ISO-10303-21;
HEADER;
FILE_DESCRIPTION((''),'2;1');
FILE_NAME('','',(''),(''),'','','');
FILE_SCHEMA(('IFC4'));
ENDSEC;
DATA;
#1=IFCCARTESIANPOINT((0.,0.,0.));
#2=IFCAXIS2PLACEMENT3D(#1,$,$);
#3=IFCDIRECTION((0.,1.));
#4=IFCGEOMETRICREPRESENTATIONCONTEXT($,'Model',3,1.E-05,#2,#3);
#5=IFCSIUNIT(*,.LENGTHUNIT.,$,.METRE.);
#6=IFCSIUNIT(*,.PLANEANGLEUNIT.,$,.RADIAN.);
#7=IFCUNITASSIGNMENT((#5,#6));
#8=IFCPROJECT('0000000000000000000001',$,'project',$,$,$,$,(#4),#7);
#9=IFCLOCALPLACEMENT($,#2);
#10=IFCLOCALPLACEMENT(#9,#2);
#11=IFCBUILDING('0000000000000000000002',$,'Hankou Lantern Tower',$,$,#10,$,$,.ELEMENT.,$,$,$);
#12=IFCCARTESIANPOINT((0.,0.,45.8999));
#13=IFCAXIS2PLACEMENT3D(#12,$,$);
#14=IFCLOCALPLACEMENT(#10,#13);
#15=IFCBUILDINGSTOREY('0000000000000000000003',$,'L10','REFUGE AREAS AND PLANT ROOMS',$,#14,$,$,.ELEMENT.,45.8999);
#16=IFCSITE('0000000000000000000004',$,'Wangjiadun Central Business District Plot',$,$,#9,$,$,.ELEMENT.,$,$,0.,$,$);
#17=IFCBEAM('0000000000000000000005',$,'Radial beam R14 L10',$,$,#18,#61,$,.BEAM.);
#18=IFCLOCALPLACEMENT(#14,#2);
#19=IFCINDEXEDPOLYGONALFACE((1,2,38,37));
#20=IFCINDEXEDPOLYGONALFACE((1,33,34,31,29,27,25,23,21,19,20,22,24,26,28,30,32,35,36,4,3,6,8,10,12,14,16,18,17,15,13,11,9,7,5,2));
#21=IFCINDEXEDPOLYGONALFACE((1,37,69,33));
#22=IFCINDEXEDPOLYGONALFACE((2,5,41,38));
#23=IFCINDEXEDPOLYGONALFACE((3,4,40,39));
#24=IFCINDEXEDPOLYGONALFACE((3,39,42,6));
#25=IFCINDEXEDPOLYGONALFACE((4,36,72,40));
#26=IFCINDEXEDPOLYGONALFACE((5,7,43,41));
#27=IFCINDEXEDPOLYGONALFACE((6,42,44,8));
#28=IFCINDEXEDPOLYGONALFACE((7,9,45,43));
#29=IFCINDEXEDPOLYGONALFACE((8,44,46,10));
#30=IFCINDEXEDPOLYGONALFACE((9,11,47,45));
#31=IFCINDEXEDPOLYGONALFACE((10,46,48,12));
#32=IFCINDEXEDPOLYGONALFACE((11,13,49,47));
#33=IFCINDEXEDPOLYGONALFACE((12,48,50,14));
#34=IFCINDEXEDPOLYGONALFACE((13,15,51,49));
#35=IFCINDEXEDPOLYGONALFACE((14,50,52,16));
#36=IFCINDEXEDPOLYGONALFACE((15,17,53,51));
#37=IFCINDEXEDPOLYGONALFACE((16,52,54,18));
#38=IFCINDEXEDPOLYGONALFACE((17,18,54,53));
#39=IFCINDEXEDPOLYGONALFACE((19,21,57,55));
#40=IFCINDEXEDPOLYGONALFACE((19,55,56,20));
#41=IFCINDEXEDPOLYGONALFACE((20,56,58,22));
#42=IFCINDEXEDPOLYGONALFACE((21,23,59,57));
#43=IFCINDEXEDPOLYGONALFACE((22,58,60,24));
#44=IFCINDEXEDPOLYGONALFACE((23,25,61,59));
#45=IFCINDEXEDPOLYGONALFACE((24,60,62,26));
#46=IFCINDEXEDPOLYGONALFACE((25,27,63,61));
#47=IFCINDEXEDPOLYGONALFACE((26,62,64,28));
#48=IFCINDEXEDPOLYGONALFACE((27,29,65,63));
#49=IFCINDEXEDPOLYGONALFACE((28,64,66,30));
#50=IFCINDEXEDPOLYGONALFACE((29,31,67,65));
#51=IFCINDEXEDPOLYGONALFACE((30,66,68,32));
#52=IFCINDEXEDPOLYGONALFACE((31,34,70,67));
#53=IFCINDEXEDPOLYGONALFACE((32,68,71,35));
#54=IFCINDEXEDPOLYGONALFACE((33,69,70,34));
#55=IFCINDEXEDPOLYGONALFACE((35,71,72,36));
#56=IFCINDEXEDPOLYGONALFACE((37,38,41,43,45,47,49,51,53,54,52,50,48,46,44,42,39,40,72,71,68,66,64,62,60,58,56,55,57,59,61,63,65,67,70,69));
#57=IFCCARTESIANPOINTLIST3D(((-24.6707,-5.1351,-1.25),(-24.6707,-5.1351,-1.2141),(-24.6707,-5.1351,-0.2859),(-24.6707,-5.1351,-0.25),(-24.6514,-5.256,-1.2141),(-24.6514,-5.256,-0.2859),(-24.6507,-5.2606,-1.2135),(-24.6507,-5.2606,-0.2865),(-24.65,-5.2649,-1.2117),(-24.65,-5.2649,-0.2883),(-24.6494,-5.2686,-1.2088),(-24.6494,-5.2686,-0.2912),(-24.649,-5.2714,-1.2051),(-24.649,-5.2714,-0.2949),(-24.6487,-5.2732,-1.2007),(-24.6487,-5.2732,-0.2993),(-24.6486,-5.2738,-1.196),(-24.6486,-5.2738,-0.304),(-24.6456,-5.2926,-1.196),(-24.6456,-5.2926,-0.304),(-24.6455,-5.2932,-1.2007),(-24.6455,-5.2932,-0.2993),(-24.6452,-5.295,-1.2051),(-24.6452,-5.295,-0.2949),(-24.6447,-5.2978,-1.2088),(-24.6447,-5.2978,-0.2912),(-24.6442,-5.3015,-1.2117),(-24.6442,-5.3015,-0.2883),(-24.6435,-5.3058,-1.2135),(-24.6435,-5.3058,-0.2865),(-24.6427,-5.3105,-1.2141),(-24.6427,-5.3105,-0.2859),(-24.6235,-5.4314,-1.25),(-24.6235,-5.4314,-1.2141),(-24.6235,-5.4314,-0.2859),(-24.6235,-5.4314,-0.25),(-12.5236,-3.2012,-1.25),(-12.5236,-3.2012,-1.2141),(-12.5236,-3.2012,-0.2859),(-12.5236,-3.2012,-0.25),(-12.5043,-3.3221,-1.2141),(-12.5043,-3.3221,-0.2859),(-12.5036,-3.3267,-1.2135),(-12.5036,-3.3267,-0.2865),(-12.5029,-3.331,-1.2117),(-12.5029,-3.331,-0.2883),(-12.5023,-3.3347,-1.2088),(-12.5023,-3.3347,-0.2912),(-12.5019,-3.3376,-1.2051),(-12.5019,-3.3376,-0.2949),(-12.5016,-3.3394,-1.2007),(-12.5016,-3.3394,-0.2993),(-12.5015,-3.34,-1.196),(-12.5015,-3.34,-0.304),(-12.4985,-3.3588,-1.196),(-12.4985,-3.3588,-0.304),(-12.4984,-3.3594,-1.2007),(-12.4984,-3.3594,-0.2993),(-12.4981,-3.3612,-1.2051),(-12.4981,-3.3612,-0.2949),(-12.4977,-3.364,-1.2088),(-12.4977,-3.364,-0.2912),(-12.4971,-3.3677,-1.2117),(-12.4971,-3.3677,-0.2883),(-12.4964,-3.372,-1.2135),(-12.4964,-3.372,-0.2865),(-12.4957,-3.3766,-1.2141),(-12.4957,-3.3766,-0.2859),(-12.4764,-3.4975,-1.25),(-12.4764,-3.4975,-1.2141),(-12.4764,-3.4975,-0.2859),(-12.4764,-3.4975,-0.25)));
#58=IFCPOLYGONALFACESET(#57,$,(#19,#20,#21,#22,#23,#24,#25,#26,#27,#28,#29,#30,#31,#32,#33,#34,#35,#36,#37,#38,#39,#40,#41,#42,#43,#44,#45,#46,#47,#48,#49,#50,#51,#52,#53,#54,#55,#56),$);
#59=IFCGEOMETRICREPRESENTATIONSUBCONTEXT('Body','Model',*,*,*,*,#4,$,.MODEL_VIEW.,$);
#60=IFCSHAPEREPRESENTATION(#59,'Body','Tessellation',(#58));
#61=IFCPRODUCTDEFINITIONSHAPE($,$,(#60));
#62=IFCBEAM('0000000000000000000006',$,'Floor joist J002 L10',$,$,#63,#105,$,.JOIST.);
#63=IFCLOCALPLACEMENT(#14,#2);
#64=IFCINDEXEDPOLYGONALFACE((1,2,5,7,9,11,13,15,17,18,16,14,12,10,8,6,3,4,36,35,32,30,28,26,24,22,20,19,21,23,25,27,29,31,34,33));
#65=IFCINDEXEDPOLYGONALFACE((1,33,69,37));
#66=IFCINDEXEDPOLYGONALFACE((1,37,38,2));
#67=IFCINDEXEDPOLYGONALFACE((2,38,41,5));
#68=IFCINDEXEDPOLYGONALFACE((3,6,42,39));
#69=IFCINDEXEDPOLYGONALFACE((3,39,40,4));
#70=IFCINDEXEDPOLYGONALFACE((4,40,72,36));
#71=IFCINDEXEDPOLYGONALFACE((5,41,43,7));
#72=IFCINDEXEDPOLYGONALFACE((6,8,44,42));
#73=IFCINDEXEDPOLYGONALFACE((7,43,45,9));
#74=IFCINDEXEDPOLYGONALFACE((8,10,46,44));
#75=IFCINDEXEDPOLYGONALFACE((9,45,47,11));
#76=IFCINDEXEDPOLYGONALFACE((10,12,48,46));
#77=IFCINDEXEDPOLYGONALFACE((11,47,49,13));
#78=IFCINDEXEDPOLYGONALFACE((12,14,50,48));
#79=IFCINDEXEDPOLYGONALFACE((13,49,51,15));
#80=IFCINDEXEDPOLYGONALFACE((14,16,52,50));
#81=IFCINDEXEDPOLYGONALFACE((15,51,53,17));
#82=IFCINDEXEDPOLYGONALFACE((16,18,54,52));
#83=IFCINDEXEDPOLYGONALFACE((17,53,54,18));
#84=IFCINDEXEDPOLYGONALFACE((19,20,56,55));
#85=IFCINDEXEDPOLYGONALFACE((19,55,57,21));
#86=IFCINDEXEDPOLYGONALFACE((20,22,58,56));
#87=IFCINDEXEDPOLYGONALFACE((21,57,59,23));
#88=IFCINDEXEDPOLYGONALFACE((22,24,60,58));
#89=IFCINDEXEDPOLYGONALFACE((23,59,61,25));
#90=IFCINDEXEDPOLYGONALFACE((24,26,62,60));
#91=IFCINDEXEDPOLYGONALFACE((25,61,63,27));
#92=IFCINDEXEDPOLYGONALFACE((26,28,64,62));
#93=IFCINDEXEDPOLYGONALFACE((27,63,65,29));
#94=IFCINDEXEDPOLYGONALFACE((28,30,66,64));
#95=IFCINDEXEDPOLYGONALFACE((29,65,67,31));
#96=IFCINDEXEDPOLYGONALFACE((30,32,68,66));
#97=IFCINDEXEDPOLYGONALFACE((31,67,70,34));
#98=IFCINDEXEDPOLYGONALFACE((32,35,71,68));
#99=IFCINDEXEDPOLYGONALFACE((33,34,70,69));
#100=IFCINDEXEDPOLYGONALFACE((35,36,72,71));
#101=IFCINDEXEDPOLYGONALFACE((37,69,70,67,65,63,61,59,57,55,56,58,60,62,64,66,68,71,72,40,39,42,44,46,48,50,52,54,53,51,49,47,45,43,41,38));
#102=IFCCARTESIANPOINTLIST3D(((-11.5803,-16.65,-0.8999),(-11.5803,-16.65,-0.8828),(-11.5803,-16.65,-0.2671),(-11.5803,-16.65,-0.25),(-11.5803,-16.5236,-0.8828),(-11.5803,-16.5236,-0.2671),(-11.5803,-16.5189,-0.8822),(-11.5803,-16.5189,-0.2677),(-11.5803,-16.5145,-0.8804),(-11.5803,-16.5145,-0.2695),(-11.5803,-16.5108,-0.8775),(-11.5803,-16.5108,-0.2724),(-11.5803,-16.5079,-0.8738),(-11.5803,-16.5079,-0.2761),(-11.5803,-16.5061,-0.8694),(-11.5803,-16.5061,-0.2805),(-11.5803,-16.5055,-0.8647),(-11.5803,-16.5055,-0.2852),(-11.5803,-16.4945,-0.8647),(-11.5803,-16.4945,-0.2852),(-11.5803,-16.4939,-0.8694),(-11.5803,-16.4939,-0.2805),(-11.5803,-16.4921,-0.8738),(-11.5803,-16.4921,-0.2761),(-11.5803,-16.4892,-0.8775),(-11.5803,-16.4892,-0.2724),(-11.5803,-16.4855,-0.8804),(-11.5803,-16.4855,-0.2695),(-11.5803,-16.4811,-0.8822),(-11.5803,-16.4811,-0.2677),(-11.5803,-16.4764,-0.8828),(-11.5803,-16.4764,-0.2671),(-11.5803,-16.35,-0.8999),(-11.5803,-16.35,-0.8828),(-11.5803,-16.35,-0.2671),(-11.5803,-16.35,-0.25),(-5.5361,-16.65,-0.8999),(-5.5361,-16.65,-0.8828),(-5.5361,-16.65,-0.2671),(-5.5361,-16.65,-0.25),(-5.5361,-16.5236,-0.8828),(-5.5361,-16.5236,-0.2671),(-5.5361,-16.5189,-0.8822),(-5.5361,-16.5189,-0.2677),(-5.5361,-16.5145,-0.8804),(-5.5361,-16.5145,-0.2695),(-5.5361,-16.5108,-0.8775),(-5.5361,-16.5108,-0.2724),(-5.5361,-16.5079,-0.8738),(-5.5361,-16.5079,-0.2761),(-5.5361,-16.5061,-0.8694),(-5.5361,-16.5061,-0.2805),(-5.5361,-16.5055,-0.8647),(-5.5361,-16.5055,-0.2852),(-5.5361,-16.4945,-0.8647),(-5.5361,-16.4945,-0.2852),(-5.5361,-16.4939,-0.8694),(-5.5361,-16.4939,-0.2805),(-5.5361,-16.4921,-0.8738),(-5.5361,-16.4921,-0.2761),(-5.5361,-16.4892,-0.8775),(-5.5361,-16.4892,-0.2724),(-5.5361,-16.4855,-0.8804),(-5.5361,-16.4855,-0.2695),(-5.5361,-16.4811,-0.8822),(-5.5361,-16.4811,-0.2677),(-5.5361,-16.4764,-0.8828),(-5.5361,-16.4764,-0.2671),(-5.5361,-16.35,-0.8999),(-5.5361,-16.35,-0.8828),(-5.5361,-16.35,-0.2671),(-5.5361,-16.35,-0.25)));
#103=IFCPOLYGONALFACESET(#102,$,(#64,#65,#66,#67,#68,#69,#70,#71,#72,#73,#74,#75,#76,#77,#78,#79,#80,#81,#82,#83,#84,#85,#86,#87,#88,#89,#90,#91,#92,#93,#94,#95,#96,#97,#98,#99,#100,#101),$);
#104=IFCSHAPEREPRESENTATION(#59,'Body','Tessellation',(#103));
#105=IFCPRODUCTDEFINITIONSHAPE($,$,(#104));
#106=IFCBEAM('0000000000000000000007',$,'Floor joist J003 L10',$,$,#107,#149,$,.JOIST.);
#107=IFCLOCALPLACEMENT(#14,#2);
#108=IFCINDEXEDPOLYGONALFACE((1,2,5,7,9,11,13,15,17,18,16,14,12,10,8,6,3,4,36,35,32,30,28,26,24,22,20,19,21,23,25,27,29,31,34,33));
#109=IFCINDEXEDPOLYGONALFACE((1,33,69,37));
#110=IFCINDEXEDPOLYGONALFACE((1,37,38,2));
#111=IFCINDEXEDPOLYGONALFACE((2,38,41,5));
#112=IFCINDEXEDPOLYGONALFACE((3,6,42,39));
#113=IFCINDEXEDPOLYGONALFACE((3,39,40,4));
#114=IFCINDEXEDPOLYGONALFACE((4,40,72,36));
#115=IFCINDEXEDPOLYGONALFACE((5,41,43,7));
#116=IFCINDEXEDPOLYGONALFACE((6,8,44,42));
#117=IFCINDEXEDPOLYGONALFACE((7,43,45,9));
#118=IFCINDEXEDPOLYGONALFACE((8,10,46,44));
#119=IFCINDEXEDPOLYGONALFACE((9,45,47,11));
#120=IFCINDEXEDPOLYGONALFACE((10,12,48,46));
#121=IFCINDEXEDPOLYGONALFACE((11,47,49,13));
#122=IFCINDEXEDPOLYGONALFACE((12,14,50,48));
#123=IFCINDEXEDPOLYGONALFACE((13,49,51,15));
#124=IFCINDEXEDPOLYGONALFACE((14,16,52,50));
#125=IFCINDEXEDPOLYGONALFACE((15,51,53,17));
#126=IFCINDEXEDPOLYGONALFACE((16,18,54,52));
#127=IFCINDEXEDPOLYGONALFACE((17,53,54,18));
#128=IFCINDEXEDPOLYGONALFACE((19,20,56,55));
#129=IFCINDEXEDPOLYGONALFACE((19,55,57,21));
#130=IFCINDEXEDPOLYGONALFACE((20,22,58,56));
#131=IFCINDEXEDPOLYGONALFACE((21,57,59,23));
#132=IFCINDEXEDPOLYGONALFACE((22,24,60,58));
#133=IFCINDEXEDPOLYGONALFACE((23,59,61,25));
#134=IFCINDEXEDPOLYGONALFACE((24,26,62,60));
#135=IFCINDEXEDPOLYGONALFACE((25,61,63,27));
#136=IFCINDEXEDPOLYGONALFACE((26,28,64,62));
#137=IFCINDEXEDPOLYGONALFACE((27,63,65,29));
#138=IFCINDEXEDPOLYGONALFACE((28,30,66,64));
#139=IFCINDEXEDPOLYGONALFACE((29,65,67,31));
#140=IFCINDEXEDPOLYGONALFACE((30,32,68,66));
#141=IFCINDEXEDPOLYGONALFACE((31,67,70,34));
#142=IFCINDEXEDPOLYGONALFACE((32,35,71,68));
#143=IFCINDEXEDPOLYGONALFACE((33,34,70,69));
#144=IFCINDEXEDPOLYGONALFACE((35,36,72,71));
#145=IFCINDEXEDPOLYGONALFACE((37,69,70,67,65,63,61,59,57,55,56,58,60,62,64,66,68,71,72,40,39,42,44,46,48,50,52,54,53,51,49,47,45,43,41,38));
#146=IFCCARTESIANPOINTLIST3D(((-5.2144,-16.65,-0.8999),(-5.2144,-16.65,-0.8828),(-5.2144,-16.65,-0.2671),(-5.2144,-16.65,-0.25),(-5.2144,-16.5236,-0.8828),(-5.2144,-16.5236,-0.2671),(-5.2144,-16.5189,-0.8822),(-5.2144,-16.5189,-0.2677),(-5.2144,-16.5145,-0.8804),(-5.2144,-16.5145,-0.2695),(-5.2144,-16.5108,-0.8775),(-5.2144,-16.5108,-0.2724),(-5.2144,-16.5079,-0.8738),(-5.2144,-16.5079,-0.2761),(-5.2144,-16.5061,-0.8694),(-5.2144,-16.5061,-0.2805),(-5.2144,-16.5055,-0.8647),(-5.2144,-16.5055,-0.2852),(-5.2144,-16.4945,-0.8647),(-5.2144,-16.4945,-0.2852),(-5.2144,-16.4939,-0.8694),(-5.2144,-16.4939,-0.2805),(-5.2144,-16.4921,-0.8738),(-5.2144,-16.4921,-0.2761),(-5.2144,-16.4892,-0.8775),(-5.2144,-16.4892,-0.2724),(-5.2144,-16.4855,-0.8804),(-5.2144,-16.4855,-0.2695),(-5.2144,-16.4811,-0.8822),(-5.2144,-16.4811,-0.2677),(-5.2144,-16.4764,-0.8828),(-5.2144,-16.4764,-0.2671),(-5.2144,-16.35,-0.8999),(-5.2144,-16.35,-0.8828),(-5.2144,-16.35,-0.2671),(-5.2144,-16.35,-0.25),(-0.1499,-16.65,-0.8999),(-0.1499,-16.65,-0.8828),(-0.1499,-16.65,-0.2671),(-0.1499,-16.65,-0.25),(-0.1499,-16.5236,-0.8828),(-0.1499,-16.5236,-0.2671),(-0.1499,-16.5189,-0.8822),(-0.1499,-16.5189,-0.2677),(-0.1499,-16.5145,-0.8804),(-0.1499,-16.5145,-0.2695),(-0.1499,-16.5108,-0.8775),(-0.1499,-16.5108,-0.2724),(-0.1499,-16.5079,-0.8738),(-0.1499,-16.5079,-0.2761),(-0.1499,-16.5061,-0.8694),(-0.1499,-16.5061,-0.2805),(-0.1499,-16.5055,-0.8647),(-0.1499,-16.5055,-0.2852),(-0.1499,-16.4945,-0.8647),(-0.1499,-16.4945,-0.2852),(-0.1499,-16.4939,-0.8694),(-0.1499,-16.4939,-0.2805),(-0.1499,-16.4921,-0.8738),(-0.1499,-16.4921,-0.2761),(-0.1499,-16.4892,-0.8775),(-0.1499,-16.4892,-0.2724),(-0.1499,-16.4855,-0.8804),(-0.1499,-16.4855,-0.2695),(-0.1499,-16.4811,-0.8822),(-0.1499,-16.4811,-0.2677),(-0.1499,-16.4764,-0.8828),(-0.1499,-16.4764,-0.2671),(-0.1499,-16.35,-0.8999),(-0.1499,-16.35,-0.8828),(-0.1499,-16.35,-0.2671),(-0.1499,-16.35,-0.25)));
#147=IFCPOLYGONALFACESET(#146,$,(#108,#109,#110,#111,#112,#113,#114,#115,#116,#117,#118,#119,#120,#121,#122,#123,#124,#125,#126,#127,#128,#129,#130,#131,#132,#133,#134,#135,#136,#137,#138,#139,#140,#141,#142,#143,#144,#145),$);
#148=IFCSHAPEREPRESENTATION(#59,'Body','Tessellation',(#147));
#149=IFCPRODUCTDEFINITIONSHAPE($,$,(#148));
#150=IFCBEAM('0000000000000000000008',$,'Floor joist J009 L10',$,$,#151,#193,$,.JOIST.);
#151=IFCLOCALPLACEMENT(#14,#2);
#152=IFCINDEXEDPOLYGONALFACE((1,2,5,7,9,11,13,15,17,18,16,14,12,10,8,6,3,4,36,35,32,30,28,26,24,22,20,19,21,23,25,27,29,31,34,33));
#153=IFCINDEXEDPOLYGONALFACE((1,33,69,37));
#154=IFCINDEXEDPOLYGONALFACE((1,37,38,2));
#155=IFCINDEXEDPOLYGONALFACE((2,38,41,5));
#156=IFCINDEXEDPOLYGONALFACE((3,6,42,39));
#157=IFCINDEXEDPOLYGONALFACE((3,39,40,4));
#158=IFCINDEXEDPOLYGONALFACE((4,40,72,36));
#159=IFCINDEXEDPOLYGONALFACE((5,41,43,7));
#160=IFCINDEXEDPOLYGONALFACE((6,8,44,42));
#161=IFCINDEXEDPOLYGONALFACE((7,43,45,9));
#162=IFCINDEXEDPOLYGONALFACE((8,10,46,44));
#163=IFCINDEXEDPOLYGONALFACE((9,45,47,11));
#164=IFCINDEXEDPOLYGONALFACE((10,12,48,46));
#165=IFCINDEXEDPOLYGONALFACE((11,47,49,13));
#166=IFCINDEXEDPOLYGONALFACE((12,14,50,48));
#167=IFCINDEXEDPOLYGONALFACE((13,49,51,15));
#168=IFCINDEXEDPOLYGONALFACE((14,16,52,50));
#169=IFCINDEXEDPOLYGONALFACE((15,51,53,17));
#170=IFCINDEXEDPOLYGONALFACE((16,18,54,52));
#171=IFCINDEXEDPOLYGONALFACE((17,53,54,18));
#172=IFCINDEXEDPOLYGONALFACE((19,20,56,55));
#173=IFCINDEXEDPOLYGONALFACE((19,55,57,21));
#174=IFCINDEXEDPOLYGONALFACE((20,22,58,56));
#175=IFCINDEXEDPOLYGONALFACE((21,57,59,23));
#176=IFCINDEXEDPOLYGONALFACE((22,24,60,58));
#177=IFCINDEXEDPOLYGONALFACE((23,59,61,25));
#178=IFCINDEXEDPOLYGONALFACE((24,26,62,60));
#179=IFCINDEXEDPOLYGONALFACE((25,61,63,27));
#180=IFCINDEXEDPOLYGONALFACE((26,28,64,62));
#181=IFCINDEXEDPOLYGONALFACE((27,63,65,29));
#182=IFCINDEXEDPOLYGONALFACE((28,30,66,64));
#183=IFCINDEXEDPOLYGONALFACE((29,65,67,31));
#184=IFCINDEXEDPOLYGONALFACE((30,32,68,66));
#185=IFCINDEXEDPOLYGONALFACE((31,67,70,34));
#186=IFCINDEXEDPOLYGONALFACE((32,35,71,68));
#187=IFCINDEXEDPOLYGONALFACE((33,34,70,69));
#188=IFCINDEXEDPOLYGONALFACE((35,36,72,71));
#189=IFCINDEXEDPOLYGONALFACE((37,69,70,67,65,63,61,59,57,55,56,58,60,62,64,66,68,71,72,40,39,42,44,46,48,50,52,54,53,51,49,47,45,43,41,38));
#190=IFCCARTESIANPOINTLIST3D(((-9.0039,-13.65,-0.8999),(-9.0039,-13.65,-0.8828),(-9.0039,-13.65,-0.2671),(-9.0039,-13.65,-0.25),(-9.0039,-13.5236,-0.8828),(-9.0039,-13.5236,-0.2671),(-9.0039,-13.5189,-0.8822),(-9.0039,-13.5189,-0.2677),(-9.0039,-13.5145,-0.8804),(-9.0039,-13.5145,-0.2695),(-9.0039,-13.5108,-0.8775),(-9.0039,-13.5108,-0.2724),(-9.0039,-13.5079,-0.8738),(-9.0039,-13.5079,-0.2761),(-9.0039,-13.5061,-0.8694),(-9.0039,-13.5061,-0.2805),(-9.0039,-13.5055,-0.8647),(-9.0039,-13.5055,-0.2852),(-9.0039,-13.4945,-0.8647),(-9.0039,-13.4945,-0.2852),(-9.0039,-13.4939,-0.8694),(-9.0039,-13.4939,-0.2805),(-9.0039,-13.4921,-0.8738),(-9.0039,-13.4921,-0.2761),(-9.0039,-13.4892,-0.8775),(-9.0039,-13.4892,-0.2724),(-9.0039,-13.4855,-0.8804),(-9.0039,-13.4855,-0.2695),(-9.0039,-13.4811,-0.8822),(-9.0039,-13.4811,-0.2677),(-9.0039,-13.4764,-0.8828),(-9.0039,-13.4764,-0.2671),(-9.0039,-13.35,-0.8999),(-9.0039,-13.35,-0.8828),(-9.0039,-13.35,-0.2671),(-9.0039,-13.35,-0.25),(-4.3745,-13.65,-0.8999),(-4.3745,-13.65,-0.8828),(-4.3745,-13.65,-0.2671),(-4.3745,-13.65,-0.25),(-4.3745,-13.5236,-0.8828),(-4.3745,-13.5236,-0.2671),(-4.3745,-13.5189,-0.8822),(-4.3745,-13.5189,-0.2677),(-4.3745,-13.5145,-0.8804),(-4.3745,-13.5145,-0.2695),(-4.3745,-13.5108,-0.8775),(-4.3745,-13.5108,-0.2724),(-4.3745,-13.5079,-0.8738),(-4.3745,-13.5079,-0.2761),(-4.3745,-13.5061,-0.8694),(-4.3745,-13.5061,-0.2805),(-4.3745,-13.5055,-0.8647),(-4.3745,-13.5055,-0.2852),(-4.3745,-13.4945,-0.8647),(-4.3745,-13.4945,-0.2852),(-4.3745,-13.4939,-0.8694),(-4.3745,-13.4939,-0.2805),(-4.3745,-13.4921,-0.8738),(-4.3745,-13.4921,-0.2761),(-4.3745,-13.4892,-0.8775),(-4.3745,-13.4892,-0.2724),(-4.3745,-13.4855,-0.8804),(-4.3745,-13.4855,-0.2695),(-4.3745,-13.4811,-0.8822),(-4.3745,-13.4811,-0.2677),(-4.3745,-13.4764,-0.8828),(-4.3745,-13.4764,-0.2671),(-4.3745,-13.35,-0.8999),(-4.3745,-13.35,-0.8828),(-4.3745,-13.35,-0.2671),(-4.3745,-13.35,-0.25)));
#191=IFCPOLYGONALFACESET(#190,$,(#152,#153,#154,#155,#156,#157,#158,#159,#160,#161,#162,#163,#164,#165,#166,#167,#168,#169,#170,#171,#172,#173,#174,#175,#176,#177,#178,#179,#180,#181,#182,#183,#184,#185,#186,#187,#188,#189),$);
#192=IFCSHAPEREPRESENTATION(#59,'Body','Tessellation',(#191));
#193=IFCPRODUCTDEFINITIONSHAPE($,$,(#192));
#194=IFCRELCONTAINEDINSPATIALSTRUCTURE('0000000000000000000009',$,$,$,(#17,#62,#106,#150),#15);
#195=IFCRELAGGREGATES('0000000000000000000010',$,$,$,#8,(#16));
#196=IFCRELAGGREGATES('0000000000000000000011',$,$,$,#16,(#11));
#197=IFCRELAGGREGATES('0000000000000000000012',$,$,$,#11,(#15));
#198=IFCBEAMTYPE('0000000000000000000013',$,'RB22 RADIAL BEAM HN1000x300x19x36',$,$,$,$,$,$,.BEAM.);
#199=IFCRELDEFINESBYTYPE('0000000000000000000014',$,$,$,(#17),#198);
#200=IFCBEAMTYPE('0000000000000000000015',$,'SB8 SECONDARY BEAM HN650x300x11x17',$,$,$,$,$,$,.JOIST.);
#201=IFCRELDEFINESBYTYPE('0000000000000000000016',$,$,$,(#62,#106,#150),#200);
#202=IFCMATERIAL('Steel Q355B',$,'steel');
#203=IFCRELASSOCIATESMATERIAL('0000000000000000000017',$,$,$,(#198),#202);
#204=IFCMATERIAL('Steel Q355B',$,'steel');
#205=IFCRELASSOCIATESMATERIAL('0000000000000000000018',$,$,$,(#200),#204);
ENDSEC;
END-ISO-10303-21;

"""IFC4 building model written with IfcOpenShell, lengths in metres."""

from ifc_helpers import new_model, si_unit, direction, frame, origin, origin_2d, place, context, subcontext, project, spatial, i_section, extrude, material, material_profile, profile_set, type_object, element, save


model = new_model("IFC4")

# Units and contexts
model_context = context("Model", 3, precision=1e-05, world=origin(), true_north=direction((0.0, 1.0)))
body_context = subcontext(model_context, "Body", "Model", "MODEL_VIEW")
ifc_project = project(units=[si_unit("LENGTHUNIT", "METRE"), si_unit("PLANEANGLEUNIT", "RADIAN")], contexts=[model_context])

# Site, building, storey
site_placement = place(None, origin())
site = spatial("IfcSite", under=ifc_project, at=site_placement, Name="Wangjiadun Central Business District Plot", CompositionType="ELEMENT", RefElevation=0.0)
building_placement = place(site_placement, origin())
building = spatial("IfcBuilding", under=site, at=building_placement, Name="Hankou Lantern Tower", CompositionType="ELEMENT")
storey_placement = place(building_placement, frame((0.0, 0.0, 45.8999)))
storey = spatial("IfcBuildingStorey", under=building, at=storey_placement, Name="L10", Description="REFUGE AREAS AND PLANT ROOMS", CompositionType="ELEMENT", Elevation=45.8999)

# Beams
ifc_material_1 = material(Name="Steel Q355B", Category="steel")
ifc_material_profile_1 = material_profile(ifc_material_1, i_section(OverallWidth=0.3, OverallDepth=1.0, WebThickness=0.019, FlangeThickness=0.0359, FilletRadius=0.0181, at=origin_2d()), Name="HN1000x300x19x36")
ifc_profile_set_1 = profile_set([ifc_material_profile_1], Name="Steel Q355B")
beam_type_1 = type_object("IfcBeamType", Name="RB22 RADIAL BEAM HN1000x300x19x36", PredefinedType="BEAM", material=ifc_profile_set_1)
beam_1_placement = place(storey_placement, frame((-12.5, -3.3494, -0.75), z_axis=(-0.987563, -0.157223, 0.0), x_axis=(0.157223, -0.987563, 0.0)))
element("IfcBeam", 1, at=beam_1_placement, inside=storey, type_object=beam_type_1, Name="Radial beam R14 L10", PredefinedType="BEAM", context=body_context, shape_type="SweptSolid", body=[
    extrude(i_section(OverallWidth=0.3, OverallDepth=1.0, WebThickness=0.019, FlangeThickness=0.0359, FilletRadius=0.0181, at=origin_2d()), origin(), (0.0, 0.0, 1.0), 12.3),
])
ifc_material_2 = material(Name="Steel Q355B", Category="steel")
ifc_material_profile_2 = material_profile(ifc_material_2, i_section(OverallWidth=0.3, OverallDepth=0.6499, WebThickness=0.011, FlangeThickness=0.0171, FilletRadius=0.0181, at=origin_2d()), Name="HN650x300x11x17")
ifc_profile_set_2 = profile_set([ifc_material_profile_2], Name="Steel Q355B")
beam_type_2 = type_object("IfcBeamType", Name="SB8 SECONDARY BEAM HN650x300x11x17", PredefinedType="JOIST", material=ifc_profile_set_2)
beam_2_placement = place(storey_placement, frame((-11.5803, -16.5, -0.575), z_axis=(1.0, 0.0, 0.0), x_axis=(0.0, 1.0, 0.0)))
element("IfcBeam", 2, at=beam_2_placement, inside=storey, type_object=beam_type_2, Name="Floor joist J002 L10", PredefinedType="JOIST", context=body_context, shape_type="SweptSolid", body=[
    extrude(i_section(OverallWidth=0.3, OverallDepth=0.6499, WebThickness=0.011, FlangeThickness=0.0171, FilletRadius=0.0181, at=origin_2d()), origin(), (0.0, 0.0, 1.0), 6.0442),
])
beam_3_placement = place(storey_placement, frame((-5.2144, -16.5, -0.575), z_axis=(1.0, 0.0, 0.0), x_axis=(0.0, 1.0, 0.0)))
element("IfcBeam", 3, at=beam_3_placement, inside=storey, type_object=beam_type_2, Name="Floor joist J003 L10", PredefinedType="JOIST", context=body_context, shape_type="SweptSolid", body=[
    extrude(i_section(OverallWidth=0.3, OverallDepth=0.6499, WebThickness=0.011, FlangeThickness=0.0171, FilletRadius=0.0181, at=origin_2d()), origin(), (0.0, 0.0, 1.0), 5.0645),
])
beam_4_placement = place(storey_placement, frame((-9.0039, -13.5, -0.575), z_axis=(1.0, 0.0, 0.0), x_axis=(0.0, 1.0, 0.0)))
element("IfcBeam", 4, at=beam_4_placement, inside=storey, type_object=beam_type_2, Name="Floor joist J009 L10", PredefinedType="JOIST", context=body_context, shape_type="SweptSolid", body=[
    extrude(i_section(OverallWidth=0.3, OverallDepth=0.6499, WebThickness=0.011, FlangeThickness=0.0171, FilletRadius=0.0181, at=origin_2d()), origin(), (0.0, 0.0, 1.0), 4.6294),
])

save(model, "model.ifc")
